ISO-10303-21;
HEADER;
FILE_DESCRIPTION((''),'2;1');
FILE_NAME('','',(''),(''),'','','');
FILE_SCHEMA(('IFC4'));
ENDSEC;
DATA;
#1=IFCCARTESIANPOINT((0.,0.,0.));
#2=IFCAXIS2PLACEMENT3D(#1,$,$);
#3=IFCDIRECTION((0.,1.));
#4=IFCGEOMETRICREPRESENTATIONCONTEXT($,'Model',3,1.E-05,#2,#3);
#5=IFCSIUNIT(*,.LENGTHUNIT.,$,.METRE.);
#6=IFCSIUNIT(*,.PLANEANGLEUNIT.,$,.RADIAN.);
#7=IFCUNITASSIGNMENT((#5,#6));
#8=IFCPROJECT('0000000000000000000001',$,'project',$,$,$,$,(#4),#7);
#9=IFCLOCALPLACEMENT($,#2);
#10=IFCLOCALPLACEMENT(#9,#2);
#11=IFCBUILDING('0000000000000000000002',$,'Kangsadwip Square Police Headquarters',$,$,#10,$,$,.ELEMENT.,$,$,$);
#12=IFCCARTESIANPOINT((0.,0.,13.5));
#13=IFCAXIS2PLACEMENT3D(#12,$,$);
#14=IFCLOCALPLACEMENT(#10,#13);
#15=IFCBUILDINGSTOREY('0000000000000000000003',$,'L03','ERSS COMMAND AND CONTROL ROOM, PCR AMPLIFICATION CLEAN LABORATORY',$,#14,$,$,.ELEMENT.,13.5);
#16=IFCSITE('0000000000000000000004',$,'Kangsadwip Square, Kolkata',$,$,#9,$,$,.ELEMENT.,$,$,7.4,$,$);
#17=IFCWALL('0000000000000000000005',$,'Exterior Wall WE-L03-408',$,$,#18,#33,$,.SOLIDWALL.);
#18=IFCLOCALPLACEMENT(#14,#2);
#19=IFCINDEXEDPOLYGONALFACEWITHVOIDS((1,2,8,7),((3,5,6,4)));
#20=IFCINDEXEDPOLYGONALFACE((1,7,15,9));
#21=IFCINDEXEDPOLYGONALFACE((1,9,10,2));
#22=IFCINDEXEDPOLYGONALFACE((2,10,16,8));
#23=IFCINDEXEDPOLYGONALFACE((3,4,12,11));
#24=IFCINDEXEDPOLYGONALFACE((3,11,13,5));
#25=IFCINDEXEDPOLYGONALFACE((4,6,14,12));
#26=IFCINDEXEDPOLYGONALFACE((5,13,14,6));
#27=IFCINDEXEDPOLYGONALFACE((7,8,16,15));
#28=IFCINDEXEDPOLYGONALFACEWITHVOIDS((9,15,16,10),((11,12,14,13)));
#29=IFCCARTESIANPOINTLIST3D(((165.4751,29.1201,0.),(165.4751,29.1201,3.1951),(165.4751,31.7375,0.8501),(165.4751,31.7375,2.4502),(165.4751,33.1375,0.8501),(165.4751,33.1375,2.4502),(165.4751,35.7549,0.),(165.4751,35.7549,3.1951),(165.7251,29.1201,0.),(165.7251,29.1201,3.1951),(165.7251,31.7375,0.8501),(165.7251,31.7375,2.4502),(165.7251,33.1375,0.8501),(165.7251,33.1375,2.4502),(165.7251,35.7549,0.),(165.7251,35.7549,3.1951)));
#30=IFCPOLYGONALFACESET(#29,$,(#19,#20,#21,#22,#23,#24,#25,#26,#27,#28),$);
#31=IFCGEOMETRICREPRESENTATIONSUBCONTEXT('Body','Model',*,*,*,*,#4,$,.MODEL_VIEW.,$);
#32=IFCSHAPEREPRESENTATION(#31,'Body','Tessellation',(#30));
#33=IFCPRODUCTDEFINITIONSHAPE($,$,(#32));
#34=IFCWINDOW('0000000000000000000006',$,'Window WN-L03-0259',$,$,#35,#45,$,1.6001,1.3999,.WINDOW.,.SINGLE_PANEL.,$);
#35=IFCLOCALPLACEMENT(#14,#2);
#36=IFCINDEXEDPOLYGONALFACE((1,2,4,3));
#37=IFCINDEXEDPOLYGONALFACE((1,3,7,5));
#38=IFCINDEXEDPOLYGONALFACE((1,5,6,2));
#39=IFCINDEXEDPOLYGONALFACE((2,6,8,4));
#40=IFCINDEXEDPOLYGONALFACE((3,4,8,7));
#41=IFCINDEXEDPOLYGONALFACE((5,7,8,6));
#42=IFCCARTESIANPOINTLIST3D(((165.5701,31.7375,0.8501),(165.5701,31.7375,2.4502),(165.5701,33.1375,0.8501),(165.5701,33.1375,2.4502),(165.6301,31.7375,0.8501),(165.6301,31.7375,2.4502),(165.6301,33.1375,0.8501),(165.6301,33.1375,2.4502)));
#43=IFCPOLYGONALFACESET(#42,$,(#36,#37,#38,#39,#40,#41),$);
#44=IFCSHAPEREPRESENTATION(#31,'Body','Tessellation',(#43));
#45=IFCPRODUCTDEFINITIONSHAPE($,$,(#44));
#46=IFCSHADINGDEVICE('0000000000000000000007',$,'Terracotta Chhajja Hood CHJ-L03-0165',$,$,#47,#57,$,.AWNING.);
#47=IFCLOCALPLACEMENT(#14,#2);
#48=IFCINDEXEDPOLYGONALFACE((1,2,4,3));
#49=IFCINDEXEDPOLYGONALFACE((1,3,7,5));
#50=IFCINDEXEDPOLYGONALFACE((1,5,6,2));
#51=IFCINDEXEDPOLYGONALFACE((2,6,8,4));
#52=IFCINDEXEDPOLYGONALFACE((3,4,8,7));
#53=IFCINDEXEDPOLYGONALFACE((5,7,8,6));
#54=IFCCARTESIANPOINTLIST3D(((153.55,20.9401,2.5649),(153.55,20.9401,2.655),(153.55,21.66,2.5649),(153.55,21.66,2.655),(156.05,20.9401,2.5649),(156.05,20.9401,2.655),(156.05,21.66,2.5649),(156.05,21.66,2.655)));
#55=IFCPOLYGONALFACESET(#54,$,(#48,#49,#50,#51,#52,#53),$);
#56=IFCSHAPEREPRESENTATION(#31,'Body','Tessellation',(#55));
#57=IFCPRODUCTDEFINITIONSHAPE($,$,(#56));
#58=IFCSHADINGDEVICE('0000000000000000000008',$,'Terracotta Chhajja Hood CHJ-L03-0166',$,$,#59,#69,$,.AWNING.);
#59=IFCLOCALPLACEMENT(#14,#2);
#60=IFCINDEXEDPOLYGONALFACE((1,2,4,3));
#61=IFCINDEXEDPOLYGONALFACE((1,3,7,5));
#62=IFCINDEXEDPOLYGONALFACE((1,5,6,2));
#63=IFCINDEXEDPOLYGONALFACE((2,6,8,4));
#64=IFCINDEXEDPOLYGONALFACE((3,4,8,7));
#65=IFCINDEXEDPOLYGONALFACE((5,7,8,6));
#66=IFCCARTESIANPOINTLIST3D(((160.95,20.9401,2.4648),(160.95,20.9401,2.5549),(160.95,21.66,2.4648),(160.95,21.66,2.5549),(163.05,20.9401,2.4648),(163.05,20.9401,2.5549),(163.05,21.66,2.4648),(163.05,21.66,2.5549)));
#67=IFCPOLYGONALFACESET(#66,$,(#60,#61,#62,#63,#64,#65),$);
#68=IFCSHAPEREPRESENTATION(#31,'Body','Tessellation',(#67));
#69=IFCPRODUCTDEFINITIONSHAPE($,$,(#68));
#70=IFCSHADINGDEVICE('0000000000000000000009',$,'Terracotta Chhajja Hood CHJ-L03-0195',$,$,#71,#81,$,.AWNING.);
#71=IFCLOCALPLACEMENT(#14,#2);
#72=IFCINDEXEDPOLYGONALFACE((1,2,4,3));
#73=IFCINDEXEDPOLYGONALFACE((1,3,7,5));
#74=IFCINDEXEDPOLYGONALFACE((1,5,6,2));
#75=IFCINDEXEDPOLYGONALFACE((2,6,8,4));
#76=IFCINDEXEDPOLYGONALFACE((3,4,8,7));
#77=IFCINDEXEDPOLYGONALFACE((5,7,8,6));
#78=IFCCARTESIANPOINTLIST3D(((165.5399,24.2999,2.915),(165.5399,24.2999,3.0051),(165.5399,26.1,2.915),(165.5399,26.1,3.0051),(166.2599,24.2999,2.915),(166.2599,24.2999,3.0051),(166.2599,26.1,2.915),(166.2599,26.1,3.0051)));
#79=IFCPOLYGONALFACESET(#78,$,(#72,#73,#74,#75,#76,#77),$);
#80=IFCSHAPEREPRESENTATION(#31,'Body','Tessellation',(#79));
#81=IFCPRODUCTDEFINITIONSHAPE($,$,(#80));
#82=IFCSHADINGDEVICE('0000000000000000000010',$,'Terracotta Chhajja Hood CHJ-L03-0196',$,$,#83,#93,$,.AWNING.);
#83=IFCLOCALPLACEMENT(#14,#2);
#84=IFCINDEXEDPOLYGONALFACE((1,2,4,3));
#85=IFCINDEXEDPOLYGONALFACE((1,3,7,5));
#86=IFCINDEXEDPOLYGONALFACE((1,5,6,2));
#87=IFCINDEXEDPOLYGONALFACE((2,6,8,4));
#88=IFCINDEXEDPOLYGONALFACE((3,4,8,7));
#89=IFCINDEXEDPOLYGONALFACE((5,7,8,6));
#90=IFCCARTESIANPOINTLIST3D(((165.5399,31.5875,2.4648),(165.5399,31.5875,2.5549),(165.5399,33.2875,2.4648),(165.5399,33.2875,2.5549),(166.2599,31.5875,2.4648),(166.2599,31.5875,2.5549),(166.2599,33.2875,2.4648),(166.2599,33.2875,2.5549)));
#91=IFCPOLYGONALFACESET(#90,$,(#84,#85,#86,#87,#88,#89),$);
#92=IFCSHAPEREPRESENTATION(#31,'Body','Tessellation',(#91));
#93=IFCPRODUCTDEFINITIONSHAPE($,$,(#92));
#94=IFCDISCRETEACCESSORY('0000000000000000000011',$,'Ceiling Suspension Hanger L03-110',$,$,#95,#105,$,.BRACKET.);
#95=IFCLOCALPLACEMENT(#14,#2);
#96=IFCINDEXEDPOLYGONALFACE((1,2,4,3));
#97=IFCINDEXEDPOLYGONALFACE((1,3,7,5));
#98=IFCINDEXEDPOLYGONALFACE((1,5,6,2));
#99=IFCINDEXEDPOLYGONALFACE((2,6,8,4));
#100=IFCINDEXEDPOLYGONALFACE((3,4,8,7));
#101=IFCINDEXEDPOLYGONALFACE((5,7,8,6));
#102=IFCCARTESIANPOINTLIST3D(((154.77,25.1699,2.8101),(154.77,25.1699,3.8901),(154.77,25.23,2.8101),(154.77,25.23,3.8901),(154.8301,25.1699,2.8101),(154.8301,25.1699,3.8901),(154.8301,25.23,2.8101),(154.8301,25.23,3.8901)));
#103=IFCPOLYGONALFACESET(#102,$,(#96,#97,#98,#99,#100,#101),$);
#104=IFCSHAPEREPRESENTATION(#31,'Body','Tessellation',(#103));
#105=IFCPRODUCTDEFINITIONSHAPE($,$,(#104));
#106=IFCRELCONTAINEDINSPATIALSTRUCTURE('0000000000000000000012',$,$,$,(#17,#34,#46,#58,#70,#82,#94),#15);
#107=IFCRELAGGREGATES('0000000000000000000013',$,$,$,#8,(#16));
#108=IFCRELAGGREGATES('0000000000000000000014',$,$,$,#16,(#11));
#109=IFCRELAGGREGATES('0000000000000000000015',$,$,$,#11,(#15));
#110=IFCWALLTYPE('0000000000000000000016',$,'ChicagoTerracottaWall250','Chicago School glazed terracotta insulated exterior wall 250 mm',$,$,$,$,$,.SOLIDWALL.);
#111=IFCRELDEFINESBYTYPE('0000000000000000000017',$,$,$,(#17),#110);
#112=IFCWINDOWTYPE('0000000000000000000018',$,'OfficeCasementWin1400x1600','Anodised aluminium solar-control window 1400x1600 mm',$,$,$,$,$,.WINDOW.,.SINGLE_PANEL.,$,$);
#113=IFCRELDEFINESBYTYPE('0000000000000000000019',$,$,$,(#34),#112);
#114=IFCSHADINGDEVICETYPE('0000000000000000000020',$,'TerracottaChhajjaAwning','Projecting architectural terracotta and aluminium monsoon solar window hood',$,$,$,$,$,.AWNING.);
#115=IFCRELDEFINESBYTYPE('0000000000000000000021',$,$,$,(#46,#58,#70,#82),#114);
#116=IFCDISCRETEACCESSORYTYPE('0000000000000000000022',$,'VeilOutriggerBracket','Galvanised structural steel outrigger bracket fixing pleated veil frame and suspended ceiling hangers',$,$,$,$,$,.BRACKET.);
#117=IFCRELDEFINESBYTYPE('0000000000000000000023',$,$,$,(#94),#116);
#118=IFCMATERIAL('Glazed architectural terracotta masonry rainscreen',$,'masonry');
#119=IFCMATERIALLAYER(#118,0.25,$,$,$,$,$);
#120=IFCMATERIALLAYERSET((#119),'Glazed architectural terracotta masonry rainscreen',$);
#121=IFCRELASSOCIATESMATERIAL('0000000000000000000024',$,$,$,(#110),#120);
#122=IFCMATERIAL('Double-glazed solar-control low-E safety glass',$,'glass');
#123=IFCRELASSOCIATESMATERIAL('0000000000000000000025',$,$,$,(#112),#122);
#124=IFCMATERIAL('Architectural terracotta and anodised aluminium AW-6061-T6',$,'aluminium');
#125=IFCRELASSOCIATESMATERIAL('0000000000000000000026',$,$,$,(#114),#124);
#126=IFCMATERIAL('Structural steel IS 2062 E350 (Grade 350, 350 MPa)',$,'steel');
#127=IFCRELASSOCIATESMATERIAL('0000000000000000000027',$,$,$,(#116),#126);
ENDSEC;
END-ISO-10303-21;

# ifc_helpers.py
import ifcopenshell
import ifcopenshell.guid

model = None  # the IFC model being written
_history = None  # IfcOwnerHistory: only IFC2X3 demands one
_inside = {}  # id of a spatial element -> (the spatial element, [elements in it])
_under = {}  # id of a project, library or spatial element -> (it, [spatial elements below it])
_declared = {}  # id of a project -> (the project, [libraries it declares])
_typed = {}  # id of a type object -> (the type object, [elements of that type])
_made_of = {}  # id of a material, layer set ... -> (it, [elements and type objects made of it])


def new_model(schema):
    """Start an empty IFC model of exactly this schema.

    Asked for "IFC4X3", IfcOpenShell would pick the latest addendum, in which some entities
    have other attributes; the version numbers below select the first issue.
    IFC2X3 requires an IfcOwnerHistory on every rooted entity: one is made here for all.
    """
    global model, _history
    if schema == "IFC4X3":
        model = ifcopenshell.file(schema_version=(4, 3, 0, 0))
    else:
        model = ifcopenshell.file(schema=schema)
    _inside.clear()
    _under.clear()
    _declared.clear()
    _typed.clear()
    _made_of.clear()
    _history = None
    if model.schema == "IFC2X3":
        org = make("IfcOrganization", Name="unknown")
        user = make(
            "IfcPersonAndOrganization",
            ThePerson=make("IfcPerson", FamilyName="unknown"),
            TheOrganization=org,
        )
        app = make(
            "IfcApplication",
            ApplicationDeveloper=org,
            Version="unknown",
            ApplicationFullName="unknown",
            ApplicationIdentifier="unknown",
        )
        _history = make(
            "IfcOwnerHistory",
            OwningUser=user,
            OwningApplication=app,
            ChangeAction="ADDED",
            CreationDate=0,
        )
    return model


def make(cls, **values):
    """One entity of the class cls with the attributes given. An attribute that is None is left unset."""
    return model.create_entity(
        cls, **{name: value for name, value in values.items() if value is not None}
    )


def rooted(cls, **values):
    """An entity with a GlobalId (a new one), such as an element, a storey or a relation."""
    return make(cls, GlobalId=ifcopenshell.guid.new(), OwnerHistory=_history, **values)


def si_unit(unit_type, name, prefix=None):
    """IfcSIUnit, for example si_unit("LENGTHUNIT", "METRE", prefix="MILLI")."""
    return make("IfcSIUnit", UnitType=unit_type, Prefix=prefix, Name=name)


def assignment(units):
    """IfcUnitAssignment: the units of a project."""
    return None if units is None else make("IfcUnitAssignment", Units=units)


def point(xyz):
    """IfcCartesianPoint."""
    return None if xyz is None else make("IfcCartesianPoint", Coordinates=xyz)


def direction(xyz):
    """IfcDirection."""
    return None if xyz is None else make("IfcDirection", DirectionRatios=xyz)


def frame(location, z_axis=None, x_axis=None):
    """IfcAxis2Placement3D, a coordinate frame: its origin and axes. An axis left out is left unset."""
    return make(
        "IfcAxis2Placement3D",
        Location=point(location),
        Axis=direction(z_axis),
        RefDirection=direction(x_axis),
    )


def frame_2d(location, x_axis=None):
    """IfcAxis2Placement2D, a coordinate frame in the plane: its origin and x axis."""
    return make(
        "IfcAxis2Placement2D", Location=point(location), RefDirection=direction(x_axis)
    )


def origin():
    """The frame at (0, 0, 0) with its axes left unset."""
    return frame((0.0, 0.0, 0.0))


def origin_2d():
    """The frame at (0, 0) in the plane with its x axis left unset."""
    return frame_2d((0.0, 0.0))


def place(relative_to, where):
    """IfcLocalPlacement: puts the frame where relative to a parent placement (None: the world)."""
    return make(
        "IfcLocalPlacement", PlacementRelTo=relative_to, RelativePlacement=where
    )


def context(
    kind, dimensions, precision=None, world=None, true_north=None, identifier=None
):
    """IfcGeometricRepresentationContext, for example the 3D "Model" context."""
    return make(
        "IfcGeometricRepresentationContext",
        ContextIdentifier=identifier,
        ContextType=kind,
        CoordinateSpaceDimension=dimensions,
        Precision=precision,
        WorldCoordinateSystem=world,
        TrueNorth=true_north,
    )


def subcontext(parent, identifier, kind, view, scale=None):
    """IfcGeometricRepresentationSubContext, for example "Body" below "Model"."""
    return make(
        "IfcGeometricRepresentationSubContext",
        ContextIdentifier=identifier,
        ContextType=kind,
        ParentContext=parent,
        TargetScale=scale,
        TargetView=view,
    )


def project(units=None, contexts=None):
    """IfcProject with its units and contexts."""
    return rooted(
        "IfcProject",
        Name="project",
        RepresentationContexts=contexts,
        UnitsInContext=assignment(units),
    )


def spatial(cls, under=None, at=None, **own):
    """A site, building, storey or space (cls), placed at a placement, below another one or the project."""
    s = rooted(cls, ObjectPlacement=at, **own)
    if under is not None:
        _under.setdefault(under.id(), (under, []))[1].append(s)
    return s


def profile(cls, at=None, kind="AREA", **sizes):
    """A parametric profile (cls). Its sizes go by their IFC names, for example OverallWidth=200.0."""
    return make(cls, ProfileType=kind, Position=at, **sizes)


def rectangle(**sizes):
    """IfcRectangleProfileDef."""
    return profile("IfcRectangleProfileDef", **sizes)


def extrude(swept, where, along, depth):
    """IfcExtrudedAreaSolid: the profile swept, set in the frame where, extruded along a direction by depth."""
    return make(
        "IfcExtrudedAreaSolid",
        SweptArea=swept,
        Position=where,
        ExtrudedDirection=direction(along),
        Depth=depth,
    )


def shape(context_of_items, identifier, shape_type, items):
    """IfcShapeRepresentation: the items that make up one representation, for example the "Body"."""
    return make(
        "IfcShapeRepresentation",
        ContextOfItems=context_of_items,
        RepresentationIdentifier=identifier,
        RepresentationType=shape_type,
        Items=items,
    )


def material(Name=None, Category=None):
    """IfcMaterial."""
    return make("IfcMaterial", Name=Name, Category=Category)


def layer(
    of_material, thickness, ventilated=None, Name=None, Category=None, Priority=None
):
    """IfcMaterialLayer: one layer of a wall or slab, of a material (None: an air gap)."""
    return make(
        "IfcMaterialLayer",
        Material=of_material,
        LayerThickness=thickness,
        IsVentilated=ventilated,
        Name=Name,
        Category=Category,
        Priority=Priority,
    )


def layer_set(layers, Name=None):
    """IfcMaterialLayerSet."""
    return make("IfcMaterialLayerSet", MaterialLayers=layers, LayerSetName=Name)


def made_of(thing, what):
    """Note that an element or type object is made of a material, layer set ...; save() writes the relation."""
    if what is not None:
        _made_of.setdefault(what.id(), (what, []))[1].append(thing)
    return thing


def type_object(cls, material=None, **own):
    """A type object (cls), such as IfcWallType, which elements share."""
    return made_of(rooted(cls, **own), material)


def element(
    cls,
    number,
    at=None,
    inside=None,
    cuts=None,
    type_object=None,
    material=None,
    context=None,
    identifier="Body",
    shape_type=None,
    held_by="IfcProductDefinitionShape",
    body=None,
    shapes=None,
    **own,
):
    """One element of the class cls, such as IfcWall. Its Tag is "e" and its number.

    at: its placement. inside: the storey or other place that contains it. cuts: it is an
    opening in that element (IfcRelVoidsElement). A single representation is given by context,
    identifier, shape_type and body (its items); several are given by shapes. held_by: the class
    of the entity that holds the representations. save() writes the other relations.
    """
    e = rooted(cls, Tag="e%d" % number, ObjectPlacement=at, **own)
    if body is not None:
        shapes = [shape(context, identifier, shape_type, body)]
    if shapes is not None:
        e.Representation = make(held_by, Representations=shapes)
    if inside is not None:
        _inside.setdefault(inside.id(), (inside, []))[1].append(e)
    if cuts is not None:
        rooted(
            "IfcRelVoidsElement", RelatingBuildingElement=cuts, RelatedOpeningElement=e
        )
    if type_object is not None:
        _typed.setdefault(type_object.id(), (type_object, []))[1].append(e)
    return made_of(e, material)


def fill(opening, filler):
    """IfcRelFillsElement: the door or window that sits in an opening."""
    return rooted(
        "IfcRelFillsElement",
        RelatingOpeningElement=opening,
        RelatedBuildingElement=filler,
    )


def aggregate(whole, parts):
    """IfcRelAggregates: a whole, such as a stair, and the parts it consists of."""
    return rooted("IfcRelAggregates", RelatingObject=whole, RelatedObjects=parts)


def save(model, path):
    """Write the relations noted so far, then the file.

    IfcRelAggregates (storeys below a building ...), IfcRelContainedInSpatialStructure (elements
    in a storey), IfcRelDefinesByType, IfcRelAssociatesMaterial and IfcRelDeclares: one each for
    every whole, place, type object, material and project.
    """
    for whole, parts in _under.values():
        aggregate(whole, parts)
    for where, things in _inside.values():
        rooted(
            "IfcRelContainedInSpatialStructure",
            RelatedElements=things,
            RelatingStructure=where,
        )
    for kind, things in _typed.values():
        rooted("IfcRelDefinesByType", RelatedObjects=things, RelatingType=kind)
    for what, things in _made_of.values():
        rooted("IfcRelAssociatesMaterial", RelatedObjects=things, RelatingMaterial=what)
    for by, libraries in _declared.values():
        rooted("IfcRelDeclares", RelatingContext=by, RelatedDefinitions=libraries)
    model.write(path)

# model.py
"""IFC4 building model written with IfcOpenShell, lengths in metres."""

from ifc_helpers import new_model, si_unit, direction, frame, frame_2d, origin, origin_2d, place, context, subcontext, project, spatial, rectangle, extrude, material, layer, layer_set, type_object, element, fill, save


model = new_model("IFC4")

# Units and contexts
model_context = context("Model", 3, precision=1e-05, world=origin(), true_north=direction((0.0, 1.0)))
body_context = subcontext(model_context, "Body", "Model", "MODEL_VIEW")
ifc_project = project(units=[si_unit("LENGTHUNIT", "METRE"), si_unit("PLANEANGLEUNIT", "RADIAN")], contexts=[model_context])

# Site, building, storey
site_placement = place(None, origin())
site = spatial("IfcSite", under=ifc_project, at=site_placement, Name="Kangsadwip Square, Kolkata", CompositionType="ELEMENT", RefElevation=7.4)
building_placement = place(site_placement, origin())
building = spatial("IfcBuilding", under=site, at=building_placement, Name="Kangsadwip Square Police Headquarters", CompositionType="ELEMENT")
storey_placement = place(building_placement, frame((0.0, 0.0, 13.5)))
storey = spatial("IfcBuildingStorey", under=building, at=storey_placement, Name="L03", Description="ERSS COMMAND AND CONTROL ROOM, PCR AMPLIFICATION CLEAN LABORATORY", CompositionType="ELEMENT", Elevation=13.5)

# Wall, opening, window
ifc_material_1 = material(Name="Glazed architectural terracotta masonry rainscreen", Category="masonry")
ifc_layer = layer(ifc_material_1, 0.25)
ifc_layer_set = layer_set([ifc_layer], Name="Glazed architectural terracotta masonry rainscreen")
wall_type = type_object("IfcWallType", Name="ChicagoTerracottaWall250", Description="Chicago School glazed terracotta insulated exterior wall 250 mm", PredefinedType="SOLIDWALL", material=ifc_layer_set)
wall_1_placement = place(storey_placement, frame((165.6001, 29.1201, 0.0), z_axis=(0.0, 0.0, 1.0), x_axis=(0.0, 1.0, 0.0)))
wall_1 = element("IfcWall", 1, at=wall_1_placement, inside=storey, type_object=wall_type, Name="Exterior Wall WE-L03-408", PredefinedType="SOLIDWALL", context=body_context, shape_type="SweptSolid", body=[
    extrude(rectangle(XDim=6.6348, YDim=0.25, at=frame_2d((3.3174, 0.0))), origin(), (0.0, 0.0, 1.0), 3.1951),
])
opening_1_placement = place(wall_1_placement, frame((2.6174, 0.0, 0.8501)))
opening_1 = element("IfcOpeningElement", 2, at=opening_1_placement, cuts=wall_1, PredefinedType="OPENING", context=body_context, shape_type="SweptSolid", body=[
    extrude(rectangle(XDim=1.3999, YDim=1.6001, at=frame_2d((0.7, 0.8))), frame((0.0, 0.135, 0.0), z_axis=(0.0, -1.0, 0.0), x_axis=(1.0, 0.0, 0.0)), (0.0, 0.0, 1.0), 0.27),
])
ifc_material_2 = material(Name="Double-glazed solar-control low-E safety glass", Category="glass")
window_type_1 = type_object("IfcWindowType", Name="OfficeCasementWin1400x1600", Description="Anodised aluminium solar-control window 1400x1600 mm", PartitioningType="SINGLE_PANEL", PredefinedType="WINDOW", material=ifc_material_2)
window_1_placement = place(opening_1_placement, origin())
window_1 = element("IfcWindow", 3, at=window_1_placement, inside=storey, type_object=window_type_1, Name="Window WN-L03-0259", OverallHeight=1.6001, OverallWidth=1.3999, PartitioningType="SINGLE_PANEL", PredefinedType="WINDOW", context=body_context, shape_type="SweptSolid", body=[
    extrude(rectangle(XDim=1.3999, YDim=1.6001, at=frame_2d((0.7, 0.8))), frame((0.0, 0.03, 0.0), z_axis=(0.0, -1.0, 0.0), x_axis=(1.0, 0.0, 0.0)), (0.0, 0.0, 1.0), 0.0601),
])
fill(opening_1, window_1)

# Shading devices
ifc_material_3 = material(Name="Architectural terracotta and anodised aluminium AW-6061-T6", Category="aluminium")
shading_device_type = type_object("IfcShadingDeviceType", Name="TerracottaChhajjaAwning", Description="Projecting architectural terracotta and aluminium monsoon solar window hood", PredefinedType="AWNING", material=ifc_material_3)
shading_device_1_placement = place(storey_placement, frame((154.8, 21.3, 2.5649), z_axis=(0.0, 0.0, 1.0), x_axis=(1.0, 0.0, 0.0)))
element("IfcShadingDevice", 4, at=shading_device_1_placement, inside=storey, type_object=shading_device_type, Name="Terracotta Chhajja Hood CHJ-L03-0165", PredefinedType="AWNING", context=body_context, shape_type="SweptSolid", body=[
    extrude(rectangle(XDim=2.5, YDim=0.72, at=origin_2d()), origin(), (0.0, 0.0, 1.0), 0.0901),
])
shading_device_2_placement = place(storey_placement, frame((162.0, 21.3, 2.4648), z_axis=(0.0, 0.0, 1.0), x_axis=(1.0, 0.0, 0.0)))
element("IfcShadingDevice", 5, at=shading_device_2_placement, inside=storey, type_object=shading_device_type, Name="Terracotta Chhajja Hood CHJ-L03-0166", PredefinedType="AWNING", context=body_context, shape_type="SweptSolid", body=[
    extrude(rectangle(XDim=2.1001, YDim=0.72, at=origin_2d()), origin(), (0.0, 0.0, 1.0), 0.0901),
])
shading_device_3_placement = place(storey_placement, frame((165.8999, 25.2, 2.915), z_axis=(0.0, 0.0, 1.0), x_axis=(0.0, 1.0, 0.0)))
element("IfcShadingDevice", 6, at=shading_device_3_placement, inside=storey, type_object=shading_device_type, Name="Terracotta Chhajja Hood CHJ-L03-0195", PredefinedType="AWNING", context=body_context, shape_type="SweptSolid", body=[
    extrude(rectangle(XDim=1.8, YDim=0.72, at=origin_2d()), origin(), (0.0, 0.0, 1.0), 0.0901),
])
shading_device_4_placement = place(storey_placement, frame((165.8999, 32.4375, 2.4648), z_axis=(0.0, 0.0, 1.0), x_axis=(0.0, 1.0, 0.0)))
element("IfcShadingDevice", 7, at=shading_device_4_placement, inside=storey, type_object=shading_device_type, Name="Terracotta Chhajja Hood CHJ-L03-0196", PredefinedType="AWNING", context=body_context, shape_type="SweptSolid", body=[
    extrude(rectangle(XDim=1.7, YDim=0.72, at=origin_2d()), origin(), (0.0, 0.0, 1.0), 0.0901),
])

# Discrete accessory
ifc_material_4 = material(Name="Structural steel IS 2062 E350 (Grade 350, 350 MPa)", Category="steel")
discrete_accessory_type = type_object("IfcDiscreteAccessoryType", Name="VeilOutriggerBracket", Description="Galvanised structural steel outrigger bracket fixing pleated veil frame and suspended ceiling hangers", PredefinedType="BRACKET", material=ifc_material_4)
discrete_accessory_placement = place(storey_placement, frame((154.8, 25.2, 2.8101), z_axis=(0.0, 0.0, 1.0), x_axis=(1.0, 0.0, 0.0)))
element("IfcDiscreteAccessory", 8, at=discrete_accessory_placement, inside=storey, type_object=discrete_accessory_type, Name="Ceiling Suspension Hanger L03-110", PredefinedType="BRACKET", context=body_context, shape_type="SweptSolid", body=[
    extrude(rectangle(XDim=0.0601, YDim=0.0601, at=origin_2d()), origin(), (0.0, 0.0, 1.0), 1.0801),
])

save(model, "model.ifc")
